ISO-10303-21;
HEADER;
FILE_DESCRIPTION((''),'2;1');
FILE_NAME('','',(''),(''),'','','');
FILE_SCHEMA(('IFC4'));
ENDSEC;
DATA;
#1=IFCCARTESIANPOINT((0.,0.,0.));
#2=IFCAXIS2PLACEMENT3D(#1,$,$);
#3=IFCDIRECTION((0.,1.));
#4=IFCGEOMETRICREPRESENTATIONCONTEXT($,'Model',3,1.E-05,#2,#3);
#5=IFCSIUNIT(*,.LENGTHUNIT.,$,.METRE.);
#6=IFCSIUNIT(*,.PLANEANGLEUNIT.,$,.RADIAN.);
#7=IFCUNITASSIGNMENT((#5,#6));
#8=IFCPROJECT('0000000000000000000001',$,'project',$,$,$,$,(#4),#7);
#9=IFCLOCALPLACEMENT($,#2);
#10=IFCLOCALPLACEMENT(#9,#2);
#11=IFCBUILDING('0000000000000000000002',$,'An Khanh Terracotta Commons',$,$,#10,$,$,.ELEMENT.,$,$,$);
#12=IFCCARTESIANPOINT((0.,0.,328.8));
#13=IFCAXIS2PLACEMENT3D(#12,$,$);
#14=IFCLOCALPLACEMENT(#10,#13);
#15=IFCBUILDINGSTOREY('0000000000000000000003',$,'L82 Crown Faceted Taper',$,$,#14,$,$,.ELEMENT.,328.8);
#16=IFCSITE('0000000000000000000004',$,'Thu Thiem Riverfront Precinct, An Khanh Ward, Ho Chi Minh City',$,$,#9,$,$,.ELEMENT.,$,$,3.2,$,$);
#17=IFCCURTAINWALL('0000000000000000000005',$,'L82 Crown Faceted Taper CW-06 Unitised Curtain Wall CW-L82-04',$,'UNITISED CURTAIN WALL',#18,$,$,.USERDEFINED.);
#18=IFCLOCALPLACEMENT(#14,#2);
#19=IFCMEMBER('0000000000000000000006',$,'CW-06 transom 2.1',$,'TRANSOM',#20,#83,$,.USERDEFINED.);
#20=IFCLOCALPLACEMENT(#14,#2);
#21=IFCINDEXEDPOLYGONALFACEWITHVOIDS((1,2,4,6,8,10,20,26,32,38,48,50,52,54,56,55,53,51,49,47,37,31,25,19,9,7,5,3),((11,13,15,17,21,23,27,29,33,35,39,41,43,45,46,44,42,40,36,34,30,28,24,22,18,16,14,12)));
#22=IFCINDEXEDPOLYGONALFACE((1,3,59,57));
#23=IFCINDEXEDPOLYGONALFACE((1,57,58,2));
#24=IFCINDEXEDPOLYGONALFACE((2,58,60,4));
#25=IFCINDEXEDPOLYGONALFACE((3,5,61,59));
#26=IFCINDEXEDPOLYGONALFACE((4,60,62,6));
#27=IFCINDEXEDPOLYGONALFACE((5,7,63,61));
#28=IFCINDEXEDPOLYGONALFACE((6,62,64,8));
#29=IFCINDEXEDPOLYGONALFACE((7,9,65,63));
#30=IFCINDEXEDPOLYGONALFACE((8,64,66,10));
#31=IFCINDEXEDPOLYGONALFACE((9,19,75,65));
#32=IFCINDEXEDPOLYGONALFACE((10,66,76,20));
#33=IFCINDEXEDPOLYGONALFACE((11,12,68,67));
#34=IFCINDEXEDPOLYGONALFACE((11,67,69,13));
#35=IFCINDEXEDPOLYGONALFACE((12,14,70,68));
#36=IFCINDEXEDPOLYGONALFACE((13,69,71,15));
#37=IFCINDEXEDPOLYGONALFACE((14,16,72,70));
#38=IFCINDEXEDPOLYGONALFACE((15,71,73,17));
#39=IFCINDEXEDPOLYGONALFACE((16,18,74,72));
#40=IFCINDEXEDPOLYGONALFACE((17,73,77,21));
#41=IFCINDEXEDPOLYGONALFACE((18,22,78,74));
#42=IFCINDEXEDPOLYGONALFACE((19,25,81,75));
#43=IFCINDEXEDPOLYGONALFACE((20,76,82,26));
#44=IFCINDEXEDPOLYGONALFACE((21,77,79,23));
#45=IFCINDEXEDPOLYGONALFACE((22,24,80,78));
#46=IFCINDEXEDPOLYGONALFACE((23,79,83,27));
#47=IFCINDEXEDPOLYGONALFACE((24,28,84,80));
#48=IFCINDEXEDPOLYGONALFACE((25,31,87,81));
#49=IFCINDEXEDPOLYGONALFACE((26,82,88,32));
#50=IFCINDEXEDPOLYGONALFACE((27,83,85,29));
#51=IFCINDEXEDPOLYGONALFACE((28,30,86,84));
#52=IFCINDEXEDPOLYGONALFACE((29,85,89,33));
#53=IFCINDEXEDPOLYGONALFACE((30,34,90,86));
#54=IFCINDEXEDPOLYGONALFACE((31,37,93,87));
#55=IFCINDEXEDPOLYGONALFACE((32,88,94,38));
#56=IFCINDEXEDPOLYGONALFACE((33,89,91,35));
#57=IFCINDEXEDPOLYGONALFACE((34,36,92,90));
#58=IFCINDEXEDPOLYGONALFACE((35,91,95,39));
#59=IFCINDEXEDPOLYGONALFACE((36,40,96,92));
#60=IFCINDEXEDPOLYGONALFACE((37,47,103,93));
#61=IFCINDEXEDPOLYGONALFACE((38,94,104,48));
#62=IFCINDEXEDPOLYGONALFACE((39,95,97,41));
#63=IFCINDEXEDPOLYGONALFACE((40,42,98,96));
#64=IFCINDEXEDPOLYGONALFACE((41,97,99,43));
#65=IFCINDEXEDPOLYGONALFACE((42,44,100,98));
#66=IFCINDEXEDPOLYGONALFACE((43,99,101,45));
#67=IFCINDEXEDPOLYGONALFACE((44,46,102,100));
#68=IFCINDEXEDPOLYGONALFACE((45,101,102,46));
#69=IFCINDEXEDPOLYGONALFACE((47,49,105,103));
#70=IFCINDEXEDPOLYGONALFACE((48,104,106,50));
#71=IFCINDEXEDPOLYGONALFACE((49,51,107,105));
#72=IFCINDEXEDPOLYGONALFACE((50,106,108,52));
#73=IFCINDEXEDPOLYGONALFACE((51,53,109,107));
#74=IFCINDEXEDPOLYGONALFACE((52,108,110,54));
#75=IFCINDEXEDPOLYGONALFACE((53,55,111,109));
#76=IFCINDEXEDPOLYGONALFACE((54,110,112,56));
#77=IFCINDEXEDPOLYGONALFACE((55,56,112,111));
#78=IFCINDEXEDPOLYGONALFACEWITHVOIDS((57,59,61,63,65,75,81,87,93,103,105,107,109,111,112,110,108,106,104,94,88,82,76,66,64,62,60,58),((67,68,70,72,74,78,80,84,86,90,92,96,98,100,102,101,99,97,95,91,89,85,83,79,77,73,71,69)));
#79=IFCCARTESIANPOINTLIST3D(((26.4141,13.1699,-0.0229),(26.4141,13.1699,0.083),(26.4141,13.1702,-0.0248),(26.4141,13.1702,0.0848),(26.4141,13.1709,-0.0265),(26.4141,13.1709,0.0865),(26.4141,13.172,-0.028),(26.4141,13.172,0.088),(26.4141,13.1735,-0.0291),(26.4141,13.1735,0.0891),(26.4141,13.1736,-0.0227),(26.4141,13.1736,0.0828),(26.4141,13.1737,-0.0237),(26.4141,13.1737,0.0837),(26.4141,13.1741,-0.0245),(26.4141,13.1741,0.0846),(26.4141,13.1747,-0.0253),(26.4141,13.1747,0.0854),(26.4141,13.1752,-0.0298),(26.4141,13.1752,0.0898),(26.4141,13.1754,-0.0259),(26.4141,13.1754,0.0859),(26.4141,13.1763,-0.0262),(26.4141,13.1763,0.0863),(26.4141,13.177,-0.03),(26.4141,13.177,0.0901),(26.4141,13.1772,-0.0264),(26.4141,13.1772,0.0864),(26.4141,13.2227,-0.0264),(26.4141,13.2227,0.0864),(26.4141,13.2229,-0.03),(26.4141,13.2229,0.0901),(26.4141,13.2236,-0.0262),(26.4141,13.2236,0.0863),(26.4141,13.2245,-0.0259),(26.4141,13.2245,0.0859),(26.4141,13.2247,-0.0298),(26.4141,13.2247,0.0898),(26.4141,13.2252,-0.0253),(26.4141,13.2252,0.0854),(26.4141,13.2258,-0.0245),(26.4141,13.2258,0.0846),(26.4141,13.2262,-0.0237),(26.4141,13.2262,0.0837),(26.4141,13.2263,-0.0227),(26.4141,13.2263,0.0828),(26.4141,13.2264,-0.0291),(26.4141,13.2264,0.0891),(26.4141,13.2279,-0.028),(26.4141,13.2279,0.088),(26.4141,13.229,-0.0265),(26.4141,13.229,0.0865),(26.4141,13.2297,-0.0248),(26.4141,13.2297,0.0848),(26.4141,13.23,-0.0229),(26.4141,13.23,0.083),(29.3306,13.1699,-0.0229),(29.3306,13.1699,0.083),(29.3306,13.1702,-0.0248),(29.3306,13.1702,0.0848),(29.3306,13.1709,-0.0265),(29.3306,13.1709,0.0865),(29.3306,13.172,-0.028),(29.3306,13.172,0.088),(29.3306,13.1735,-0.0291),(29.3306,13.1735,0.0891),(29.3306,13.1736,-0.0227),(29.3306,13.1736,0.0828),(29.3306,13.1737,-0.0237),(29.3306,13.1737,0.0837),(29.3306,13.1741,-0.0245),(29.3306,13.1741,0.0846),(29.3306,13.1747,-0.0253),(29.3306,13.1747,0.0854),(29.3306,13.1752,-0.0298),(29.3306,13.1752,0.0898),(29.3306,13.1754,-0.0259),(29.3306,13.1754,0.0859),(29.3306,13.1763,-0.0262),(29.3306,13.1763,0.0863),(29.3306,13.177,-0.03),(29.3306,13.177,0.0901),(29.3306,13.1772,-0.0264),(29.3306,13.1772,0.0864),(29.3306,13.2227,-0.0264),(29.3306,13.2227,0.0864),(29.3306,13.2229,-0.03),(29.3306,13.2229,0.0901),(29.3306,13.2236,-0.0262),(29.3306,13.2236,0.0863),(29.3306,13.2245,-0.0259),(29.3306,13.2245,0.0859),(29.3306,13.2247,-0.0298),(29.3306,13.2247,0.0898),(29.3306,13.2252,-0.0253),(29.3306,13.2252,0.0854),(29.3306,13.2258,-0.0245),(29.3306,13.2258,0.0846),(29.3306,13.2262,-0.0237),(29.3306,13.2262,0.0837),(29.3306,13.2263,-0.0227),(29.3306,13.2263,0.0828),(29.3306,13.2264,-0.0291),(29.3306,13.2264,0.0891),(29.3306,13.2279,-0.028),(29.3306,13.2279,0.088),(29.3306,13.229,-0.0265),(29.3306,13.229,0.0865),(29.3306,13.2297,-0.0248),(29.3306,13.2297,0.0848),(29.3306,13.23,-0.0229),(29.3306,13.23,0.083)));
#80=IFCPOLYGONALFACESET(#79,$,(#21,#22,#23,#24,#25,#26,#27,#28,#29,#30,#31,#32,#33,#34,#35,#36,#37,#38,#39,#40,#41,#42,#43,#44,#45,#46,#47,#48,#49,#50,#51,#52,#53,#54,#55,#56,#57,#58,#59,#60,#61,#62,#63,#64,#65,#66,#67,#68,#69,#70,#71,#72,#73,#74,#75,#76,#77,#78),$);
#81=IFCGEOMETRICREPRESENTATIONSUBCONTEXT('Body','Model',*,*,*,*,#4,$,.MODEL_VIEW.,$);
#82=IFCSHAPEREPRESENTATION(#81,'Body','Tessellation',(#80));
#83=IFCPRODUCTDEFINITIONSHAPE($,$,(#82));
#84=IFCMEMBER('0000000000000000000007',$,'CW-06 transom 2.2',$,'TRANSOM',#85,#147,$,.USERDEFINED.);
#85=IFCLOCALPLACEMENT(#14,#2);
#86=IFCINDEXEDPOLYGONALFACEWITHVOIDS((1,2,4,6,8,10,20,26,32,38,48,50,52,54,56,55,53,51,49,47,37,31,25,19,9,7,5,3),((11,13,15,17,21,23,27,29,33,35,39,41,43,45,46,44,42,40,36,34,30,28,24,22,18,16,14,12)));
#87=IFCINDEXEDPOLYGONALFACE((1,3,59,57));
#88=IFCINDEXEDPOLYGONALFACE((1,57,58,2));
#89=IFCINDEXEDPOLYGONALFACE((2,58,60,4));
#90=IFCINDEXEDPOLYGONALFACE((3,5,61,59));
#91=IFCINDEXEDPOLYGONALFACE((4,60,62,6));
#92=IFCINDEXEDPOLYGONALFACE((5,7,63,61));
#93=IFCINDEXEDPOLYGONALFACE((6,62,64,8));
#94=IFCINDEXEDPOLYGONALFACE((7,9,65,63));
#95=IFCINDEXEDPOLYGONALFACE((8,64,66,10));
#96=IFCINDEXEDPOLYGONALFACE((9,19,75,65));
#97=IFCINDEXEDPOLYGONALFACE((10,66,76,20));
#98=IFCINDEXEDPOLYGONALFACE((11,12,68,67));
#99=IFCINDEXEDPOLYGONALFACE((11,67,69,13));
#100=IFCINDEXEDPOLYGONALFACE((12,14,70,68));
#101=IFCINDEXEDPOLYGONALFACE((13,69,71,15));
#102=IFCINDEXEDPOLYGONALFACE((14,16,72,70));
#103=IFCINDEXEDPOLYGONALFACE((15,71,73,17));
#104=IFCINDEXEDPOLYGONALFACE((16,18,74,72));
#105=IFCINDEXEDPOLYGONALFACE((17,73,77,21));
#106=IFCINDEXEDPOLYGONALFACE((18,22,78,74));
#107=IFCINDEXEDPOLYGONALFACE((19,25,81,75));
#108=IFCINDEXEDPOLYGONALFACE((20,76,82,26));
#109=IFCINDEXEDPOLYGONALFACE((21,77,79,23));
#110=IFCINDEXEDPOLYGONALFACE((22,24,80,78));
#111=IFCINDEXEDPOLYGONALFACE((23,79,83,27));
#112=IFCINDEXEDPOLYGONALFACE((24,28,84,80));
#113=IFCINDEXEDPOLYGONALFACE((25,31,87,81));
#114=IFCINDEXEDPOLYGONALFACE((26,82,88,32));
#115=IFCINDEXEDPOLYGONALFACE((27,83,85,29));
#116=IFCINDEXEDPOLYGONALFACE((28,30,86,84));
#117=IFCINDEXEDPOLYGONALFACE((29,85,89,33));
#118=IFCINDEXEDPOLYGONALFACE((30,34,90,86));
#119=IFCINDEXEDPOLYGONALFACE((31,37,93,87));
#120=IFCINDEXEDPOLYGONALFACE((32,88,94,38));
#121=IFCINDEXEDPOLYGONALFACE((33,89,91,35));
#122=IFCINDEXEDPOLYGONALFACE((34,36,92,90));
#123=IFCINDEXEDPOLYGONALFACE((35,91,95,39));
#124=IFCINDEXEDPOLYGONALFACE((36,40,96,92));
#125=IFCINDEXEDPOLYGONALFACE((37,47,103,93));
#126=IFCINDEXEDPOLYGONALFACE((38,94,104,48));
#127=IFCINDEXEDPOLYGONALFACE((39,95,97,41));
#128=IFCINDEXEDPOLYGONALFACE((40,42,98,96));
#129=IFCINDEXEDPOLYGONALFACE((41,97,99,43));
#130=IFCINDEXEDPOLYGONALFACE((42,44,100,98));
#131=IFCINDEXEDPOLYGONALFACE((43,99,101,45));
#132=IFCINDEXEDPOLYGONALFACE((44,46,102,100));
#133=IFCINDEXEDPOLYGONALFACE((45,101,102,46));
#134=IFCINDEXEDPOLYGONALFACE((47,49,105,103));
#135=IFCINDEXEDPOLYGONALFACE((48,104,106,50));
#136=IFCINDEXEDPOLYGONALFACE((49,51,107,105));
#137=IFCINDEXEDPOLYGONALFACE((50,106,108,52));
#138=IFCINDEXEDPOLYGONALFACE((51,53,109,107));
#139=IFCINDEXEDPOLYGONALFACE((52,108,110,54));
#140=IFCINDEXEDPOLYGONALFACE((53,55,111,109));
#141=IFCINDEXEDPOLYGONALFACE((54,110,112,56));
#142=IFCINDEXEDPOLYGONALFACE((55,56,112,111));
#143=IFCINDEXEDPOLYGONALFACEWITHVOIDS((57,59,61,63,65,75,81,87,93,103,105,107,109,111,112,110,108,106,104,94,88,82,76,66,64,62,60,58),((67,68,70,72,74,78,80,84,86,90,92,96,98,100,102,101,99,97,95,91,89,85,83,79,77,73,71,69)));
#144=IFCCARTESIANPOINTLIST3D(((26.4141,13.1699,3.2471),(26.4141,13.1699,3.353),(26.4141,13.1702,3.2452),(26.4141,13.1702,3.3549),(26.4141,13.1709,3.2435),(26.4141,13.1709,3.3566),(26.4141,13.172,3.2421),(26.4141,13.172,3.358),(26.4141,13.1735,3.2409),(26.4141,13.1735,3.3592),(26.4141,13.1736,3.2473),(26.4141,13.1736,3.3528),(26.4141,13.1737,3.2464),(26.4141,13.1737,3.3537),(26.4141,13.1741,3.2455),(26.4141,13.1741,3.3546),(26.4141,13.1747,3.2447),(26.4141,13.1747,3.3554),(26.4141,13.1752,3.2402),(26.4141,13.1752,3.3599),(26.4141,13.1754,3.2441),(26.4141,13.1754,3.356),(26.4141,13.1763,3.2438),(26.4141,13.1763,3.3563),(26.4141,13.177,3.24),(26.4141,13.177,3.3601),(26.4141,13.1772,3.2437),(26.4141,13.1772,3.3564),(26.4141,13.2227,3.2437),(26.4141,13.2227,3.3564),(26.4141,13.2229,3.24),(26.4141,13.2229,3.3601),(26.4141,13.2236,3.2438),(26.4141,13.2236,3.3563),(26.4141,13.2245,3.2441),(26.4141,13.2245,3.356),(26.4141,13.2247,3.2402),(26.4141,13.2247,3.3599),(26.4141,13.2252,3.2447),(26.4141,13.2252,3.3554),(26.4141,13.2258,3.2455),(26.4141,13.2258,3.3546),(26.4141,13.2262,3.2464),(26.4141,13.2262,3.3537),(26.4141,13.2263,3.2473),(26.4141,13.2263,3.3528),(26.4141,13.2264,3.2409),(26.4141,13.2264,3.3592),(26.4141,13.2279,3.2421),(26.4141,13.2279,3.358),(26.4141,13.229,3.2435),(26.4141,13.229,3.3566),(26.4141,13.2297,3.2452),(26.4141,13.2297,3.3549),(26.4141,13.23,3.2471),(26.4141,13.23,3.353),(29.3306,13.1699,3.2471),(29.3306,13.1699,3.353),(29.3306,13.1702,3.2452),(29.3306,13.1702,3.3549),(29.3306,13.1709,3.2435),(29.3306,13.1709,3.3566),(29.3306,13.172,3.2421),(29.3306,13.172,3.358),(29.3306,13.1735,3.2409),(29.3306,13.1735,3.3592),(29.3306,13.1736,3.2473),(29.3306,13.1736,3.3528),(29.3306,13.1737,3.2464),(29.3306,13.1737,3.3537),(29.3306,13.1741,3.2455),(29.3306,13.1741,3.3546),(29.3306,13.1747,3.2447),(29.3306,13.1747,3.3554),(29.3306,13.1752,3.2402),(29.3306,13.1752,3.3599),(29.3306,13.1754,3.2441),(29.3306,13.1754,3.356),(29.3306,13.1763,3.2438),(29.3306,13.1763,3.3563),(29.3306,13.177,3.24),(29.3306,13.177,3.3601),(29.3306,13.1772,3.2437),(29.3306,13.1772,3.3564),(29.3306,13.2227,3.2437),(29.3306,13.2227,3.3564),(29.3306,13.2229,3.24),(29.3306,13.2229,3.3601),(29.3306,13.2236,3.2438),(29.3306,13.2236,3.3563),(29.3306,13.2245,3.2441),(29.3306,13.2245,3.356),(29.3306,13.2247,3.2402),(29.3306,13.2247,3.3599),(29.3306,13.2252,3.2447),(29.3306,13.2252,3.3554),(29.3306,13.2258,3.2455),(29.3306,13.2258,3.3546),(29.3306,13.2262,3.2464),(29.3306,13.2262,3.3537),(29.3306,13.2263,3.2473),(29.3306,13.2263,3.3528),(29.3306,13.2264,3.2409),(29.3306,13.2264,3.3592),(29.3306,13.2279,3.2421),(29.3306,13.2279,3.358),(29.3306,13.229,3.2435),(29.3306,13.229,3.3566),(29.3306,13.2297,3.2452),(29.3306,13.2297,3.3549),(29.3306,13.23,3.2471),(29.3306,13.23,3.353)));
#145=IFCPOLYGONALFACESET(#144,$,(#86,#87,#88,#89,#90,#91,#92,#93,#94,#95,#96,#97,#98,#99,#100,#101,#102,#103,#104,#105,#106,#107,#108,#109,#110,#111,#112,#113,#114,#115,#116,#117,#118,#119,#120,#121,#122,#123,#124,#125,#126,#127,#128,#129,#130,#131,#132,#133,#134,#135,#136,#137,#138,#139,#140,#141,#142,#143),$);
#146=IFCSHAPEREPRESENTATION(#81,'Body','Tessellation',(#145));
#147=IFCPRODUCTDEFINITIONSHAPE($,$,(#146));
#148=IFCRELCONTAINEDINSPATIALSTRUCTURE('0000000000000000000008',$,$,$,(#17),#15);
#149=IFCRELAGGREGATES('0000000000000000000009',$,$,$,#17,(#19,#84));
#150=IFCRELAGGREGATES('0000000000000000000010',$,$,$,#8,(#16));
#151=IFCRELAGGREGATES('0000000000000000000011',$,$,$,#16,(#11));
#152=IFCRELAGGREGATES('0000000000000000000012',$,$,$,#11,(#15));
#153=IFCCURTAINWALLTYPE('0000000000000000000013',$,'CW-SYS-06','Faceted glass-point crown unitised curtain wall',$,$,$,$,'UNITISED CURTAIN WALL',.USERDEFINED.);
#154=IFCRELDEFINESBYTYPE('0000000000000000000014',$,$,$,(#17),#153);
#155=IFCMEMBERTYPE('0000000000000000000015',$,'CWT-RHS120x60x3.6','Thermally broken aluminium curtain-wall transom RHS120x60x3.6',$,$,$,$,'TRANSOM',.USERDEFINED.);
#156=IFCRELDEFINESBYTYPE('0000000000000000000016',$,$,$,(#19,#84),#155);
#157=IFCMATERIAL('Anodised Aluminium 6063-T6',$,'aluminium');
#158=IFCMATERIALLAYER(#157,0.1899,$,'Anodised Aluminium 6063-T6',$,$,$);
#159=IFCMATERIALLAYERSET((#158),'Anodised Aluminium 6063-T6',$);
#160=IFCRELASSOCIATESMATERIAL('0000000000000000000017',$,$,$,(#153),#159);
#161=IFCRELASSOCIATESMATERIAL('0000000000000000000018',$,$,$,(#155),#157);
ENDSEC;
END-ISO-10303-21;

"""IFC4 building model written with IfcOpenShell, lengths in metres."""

from ifc_helpers import new_model, si_unit, direction, frame, origin, origin_2d, place, context, subcontext, project, spatial, hollow_rectangle, extrude, material, layer, layer_set, material_profile, profile_set, type_object, element, aggregate, save


model = new_model("IFC4")

# Units and contexts
model_context = context("Model", 3, precision=1e-05, world=origin(), true_north=direction((0.0, 1.0)))
body_context = subcontext(model_context, "Body", "Model", "MODEL_VIEW")
ifc_project = project(units=[si_unit("LENGTHUNIT", "METRE"), si_unit("PLANEANGLEUNIT", "RADIAN")], contexts=[model_context])

# Site, building, storey
site_placement = place(None, origin())
site = spatial("IfcSite", under=ifc_project, at=site_placement, Name="Thu Thiem Riverfront Precinct, An Khanh Ward, Ho Chi Minh City", CompositionType="ELEMENT", RefElevation=3.2)
building_placement = place(site_placement, origin())
building = spatial("IfcBuilding", under=site, at=building_placement, Name="An Khanh Terracotta Commons", CompositionType="ELEMENT")
storey_placement = place(building_placement, frame((0.0, 0.0, 328.8)))
storey = spatial("IfcBuildingStorey", under=building, at=storey_placement, Name="L82 Crown Faceted Taper", CompositionType="ELEMENT", Elevation=328.8)

# Curtain wall, members
ifc_material_1 = material(Name="Anodised Aluminium 6063-T6", Category="aluminium")
ifc_layer_1 = layer(ifc_material_1, 0.1899, Name="Anodised Aluminium 6063-T6")
ifc_layer_set_1 = layer_set([ifc_layer_1], Name="Anodised Aluminium 6063-T6")
curtain_wall_type = type_object("IfcCurtainWallType", Name="CW-SYS-06", Description="Faceted glass-point crown unitised curtain wall", ElementType="UNITISED CURTAIN WALL", PredefinedType="USERDEFINED", material=ifc_layer_set_1)
curtain_wall_placement = place(storey_placement, origin())
curtain_wall = element("IfcCurtainWall", 1, at=curtain_wall_placement, inside=storey, type_object=curtain_wall_type, Name="L82 Crown Faceted Taper CW-06 Unitised Curtain Wall CW-L82-04", ObjectType="UNITISED CURTAIN WALL", PredefinedType="USERDEFINED")
ifc_material_profile_1 = material_profile(ifc_material_1, hollow_rectangle(XDim=0.0601, YDim=0.1201, WallThickness=0.0037, InnerFilletRadius=0.0037, OuterFilletRadius=0.0071, at=origin_2d()), Name="RHS120x60x3.6")
ifc_profile_set_1 = profile_set([ifc_material_profile_1], Name="Anodised Aluminium 6063-T6")
member_type_1 = type_object("IfcMemberType", Name="CWT-RHS120x60x3.6", Description="Thermally broken aluminium curtain-wall transom RHS120x60x3.6", ElementType="TRANSOM", PredefinedType="USERDEFINED", material=ifc_profile_set_1)
member_1_placement = place(storey_placement, frame((26.4141, 13.2, 0.03), z_axis=(1.0, 0.0, 0.0), x_axis=(0.0, 1.0, 0.0)))
member_1 = element("IfcMember", 2, at=member_1_placement, type_object=member_type_1, Name="CW-06 transom 2.1", ObjectType="TRANSOM", PredefinedType="USERDEFINED", context=body_context, shape_type="SweptSolid", body=[
    extrude(hollow_rectangle(XDim=0.0601, YDim=0.1201, WallThickness=0.0037, InnerFilletRadius=0.0037, OuterFilletRadius=0.0071, at=origin_2d()), origin(), (0.0, 0.0, 1.0), 2.9165),
])
member_2_placement = place(storey_placement, frame((26.4141, 13.2, 3.3), z_axis=(1.0, 0.0, 0.0), x_axis=(0.0, 1.0, 0.0)))
member_2 = element("IfcMember", 3, at=member_2_placement, type_object=member_type_1, Name="CW-06 transom 2.2", ObjectType="TRANSOM", PredefinedType="USERDEFINED", context=body_context, shape_type="SweptSolid", body=[
    extrude(hollow_rectangle(XDim=0.0601, YDim=0.1201, WallThickness=0.0037, InnerFilletRadius=0.0037, OuterFilletRadius=0.0071, at=origin_2d()), origin(), (0.0, 0.0, 1.0), 2.9165),
])
aggregate(curtain_wall, [member_1, member_2])

save(model, "model.ifc")
